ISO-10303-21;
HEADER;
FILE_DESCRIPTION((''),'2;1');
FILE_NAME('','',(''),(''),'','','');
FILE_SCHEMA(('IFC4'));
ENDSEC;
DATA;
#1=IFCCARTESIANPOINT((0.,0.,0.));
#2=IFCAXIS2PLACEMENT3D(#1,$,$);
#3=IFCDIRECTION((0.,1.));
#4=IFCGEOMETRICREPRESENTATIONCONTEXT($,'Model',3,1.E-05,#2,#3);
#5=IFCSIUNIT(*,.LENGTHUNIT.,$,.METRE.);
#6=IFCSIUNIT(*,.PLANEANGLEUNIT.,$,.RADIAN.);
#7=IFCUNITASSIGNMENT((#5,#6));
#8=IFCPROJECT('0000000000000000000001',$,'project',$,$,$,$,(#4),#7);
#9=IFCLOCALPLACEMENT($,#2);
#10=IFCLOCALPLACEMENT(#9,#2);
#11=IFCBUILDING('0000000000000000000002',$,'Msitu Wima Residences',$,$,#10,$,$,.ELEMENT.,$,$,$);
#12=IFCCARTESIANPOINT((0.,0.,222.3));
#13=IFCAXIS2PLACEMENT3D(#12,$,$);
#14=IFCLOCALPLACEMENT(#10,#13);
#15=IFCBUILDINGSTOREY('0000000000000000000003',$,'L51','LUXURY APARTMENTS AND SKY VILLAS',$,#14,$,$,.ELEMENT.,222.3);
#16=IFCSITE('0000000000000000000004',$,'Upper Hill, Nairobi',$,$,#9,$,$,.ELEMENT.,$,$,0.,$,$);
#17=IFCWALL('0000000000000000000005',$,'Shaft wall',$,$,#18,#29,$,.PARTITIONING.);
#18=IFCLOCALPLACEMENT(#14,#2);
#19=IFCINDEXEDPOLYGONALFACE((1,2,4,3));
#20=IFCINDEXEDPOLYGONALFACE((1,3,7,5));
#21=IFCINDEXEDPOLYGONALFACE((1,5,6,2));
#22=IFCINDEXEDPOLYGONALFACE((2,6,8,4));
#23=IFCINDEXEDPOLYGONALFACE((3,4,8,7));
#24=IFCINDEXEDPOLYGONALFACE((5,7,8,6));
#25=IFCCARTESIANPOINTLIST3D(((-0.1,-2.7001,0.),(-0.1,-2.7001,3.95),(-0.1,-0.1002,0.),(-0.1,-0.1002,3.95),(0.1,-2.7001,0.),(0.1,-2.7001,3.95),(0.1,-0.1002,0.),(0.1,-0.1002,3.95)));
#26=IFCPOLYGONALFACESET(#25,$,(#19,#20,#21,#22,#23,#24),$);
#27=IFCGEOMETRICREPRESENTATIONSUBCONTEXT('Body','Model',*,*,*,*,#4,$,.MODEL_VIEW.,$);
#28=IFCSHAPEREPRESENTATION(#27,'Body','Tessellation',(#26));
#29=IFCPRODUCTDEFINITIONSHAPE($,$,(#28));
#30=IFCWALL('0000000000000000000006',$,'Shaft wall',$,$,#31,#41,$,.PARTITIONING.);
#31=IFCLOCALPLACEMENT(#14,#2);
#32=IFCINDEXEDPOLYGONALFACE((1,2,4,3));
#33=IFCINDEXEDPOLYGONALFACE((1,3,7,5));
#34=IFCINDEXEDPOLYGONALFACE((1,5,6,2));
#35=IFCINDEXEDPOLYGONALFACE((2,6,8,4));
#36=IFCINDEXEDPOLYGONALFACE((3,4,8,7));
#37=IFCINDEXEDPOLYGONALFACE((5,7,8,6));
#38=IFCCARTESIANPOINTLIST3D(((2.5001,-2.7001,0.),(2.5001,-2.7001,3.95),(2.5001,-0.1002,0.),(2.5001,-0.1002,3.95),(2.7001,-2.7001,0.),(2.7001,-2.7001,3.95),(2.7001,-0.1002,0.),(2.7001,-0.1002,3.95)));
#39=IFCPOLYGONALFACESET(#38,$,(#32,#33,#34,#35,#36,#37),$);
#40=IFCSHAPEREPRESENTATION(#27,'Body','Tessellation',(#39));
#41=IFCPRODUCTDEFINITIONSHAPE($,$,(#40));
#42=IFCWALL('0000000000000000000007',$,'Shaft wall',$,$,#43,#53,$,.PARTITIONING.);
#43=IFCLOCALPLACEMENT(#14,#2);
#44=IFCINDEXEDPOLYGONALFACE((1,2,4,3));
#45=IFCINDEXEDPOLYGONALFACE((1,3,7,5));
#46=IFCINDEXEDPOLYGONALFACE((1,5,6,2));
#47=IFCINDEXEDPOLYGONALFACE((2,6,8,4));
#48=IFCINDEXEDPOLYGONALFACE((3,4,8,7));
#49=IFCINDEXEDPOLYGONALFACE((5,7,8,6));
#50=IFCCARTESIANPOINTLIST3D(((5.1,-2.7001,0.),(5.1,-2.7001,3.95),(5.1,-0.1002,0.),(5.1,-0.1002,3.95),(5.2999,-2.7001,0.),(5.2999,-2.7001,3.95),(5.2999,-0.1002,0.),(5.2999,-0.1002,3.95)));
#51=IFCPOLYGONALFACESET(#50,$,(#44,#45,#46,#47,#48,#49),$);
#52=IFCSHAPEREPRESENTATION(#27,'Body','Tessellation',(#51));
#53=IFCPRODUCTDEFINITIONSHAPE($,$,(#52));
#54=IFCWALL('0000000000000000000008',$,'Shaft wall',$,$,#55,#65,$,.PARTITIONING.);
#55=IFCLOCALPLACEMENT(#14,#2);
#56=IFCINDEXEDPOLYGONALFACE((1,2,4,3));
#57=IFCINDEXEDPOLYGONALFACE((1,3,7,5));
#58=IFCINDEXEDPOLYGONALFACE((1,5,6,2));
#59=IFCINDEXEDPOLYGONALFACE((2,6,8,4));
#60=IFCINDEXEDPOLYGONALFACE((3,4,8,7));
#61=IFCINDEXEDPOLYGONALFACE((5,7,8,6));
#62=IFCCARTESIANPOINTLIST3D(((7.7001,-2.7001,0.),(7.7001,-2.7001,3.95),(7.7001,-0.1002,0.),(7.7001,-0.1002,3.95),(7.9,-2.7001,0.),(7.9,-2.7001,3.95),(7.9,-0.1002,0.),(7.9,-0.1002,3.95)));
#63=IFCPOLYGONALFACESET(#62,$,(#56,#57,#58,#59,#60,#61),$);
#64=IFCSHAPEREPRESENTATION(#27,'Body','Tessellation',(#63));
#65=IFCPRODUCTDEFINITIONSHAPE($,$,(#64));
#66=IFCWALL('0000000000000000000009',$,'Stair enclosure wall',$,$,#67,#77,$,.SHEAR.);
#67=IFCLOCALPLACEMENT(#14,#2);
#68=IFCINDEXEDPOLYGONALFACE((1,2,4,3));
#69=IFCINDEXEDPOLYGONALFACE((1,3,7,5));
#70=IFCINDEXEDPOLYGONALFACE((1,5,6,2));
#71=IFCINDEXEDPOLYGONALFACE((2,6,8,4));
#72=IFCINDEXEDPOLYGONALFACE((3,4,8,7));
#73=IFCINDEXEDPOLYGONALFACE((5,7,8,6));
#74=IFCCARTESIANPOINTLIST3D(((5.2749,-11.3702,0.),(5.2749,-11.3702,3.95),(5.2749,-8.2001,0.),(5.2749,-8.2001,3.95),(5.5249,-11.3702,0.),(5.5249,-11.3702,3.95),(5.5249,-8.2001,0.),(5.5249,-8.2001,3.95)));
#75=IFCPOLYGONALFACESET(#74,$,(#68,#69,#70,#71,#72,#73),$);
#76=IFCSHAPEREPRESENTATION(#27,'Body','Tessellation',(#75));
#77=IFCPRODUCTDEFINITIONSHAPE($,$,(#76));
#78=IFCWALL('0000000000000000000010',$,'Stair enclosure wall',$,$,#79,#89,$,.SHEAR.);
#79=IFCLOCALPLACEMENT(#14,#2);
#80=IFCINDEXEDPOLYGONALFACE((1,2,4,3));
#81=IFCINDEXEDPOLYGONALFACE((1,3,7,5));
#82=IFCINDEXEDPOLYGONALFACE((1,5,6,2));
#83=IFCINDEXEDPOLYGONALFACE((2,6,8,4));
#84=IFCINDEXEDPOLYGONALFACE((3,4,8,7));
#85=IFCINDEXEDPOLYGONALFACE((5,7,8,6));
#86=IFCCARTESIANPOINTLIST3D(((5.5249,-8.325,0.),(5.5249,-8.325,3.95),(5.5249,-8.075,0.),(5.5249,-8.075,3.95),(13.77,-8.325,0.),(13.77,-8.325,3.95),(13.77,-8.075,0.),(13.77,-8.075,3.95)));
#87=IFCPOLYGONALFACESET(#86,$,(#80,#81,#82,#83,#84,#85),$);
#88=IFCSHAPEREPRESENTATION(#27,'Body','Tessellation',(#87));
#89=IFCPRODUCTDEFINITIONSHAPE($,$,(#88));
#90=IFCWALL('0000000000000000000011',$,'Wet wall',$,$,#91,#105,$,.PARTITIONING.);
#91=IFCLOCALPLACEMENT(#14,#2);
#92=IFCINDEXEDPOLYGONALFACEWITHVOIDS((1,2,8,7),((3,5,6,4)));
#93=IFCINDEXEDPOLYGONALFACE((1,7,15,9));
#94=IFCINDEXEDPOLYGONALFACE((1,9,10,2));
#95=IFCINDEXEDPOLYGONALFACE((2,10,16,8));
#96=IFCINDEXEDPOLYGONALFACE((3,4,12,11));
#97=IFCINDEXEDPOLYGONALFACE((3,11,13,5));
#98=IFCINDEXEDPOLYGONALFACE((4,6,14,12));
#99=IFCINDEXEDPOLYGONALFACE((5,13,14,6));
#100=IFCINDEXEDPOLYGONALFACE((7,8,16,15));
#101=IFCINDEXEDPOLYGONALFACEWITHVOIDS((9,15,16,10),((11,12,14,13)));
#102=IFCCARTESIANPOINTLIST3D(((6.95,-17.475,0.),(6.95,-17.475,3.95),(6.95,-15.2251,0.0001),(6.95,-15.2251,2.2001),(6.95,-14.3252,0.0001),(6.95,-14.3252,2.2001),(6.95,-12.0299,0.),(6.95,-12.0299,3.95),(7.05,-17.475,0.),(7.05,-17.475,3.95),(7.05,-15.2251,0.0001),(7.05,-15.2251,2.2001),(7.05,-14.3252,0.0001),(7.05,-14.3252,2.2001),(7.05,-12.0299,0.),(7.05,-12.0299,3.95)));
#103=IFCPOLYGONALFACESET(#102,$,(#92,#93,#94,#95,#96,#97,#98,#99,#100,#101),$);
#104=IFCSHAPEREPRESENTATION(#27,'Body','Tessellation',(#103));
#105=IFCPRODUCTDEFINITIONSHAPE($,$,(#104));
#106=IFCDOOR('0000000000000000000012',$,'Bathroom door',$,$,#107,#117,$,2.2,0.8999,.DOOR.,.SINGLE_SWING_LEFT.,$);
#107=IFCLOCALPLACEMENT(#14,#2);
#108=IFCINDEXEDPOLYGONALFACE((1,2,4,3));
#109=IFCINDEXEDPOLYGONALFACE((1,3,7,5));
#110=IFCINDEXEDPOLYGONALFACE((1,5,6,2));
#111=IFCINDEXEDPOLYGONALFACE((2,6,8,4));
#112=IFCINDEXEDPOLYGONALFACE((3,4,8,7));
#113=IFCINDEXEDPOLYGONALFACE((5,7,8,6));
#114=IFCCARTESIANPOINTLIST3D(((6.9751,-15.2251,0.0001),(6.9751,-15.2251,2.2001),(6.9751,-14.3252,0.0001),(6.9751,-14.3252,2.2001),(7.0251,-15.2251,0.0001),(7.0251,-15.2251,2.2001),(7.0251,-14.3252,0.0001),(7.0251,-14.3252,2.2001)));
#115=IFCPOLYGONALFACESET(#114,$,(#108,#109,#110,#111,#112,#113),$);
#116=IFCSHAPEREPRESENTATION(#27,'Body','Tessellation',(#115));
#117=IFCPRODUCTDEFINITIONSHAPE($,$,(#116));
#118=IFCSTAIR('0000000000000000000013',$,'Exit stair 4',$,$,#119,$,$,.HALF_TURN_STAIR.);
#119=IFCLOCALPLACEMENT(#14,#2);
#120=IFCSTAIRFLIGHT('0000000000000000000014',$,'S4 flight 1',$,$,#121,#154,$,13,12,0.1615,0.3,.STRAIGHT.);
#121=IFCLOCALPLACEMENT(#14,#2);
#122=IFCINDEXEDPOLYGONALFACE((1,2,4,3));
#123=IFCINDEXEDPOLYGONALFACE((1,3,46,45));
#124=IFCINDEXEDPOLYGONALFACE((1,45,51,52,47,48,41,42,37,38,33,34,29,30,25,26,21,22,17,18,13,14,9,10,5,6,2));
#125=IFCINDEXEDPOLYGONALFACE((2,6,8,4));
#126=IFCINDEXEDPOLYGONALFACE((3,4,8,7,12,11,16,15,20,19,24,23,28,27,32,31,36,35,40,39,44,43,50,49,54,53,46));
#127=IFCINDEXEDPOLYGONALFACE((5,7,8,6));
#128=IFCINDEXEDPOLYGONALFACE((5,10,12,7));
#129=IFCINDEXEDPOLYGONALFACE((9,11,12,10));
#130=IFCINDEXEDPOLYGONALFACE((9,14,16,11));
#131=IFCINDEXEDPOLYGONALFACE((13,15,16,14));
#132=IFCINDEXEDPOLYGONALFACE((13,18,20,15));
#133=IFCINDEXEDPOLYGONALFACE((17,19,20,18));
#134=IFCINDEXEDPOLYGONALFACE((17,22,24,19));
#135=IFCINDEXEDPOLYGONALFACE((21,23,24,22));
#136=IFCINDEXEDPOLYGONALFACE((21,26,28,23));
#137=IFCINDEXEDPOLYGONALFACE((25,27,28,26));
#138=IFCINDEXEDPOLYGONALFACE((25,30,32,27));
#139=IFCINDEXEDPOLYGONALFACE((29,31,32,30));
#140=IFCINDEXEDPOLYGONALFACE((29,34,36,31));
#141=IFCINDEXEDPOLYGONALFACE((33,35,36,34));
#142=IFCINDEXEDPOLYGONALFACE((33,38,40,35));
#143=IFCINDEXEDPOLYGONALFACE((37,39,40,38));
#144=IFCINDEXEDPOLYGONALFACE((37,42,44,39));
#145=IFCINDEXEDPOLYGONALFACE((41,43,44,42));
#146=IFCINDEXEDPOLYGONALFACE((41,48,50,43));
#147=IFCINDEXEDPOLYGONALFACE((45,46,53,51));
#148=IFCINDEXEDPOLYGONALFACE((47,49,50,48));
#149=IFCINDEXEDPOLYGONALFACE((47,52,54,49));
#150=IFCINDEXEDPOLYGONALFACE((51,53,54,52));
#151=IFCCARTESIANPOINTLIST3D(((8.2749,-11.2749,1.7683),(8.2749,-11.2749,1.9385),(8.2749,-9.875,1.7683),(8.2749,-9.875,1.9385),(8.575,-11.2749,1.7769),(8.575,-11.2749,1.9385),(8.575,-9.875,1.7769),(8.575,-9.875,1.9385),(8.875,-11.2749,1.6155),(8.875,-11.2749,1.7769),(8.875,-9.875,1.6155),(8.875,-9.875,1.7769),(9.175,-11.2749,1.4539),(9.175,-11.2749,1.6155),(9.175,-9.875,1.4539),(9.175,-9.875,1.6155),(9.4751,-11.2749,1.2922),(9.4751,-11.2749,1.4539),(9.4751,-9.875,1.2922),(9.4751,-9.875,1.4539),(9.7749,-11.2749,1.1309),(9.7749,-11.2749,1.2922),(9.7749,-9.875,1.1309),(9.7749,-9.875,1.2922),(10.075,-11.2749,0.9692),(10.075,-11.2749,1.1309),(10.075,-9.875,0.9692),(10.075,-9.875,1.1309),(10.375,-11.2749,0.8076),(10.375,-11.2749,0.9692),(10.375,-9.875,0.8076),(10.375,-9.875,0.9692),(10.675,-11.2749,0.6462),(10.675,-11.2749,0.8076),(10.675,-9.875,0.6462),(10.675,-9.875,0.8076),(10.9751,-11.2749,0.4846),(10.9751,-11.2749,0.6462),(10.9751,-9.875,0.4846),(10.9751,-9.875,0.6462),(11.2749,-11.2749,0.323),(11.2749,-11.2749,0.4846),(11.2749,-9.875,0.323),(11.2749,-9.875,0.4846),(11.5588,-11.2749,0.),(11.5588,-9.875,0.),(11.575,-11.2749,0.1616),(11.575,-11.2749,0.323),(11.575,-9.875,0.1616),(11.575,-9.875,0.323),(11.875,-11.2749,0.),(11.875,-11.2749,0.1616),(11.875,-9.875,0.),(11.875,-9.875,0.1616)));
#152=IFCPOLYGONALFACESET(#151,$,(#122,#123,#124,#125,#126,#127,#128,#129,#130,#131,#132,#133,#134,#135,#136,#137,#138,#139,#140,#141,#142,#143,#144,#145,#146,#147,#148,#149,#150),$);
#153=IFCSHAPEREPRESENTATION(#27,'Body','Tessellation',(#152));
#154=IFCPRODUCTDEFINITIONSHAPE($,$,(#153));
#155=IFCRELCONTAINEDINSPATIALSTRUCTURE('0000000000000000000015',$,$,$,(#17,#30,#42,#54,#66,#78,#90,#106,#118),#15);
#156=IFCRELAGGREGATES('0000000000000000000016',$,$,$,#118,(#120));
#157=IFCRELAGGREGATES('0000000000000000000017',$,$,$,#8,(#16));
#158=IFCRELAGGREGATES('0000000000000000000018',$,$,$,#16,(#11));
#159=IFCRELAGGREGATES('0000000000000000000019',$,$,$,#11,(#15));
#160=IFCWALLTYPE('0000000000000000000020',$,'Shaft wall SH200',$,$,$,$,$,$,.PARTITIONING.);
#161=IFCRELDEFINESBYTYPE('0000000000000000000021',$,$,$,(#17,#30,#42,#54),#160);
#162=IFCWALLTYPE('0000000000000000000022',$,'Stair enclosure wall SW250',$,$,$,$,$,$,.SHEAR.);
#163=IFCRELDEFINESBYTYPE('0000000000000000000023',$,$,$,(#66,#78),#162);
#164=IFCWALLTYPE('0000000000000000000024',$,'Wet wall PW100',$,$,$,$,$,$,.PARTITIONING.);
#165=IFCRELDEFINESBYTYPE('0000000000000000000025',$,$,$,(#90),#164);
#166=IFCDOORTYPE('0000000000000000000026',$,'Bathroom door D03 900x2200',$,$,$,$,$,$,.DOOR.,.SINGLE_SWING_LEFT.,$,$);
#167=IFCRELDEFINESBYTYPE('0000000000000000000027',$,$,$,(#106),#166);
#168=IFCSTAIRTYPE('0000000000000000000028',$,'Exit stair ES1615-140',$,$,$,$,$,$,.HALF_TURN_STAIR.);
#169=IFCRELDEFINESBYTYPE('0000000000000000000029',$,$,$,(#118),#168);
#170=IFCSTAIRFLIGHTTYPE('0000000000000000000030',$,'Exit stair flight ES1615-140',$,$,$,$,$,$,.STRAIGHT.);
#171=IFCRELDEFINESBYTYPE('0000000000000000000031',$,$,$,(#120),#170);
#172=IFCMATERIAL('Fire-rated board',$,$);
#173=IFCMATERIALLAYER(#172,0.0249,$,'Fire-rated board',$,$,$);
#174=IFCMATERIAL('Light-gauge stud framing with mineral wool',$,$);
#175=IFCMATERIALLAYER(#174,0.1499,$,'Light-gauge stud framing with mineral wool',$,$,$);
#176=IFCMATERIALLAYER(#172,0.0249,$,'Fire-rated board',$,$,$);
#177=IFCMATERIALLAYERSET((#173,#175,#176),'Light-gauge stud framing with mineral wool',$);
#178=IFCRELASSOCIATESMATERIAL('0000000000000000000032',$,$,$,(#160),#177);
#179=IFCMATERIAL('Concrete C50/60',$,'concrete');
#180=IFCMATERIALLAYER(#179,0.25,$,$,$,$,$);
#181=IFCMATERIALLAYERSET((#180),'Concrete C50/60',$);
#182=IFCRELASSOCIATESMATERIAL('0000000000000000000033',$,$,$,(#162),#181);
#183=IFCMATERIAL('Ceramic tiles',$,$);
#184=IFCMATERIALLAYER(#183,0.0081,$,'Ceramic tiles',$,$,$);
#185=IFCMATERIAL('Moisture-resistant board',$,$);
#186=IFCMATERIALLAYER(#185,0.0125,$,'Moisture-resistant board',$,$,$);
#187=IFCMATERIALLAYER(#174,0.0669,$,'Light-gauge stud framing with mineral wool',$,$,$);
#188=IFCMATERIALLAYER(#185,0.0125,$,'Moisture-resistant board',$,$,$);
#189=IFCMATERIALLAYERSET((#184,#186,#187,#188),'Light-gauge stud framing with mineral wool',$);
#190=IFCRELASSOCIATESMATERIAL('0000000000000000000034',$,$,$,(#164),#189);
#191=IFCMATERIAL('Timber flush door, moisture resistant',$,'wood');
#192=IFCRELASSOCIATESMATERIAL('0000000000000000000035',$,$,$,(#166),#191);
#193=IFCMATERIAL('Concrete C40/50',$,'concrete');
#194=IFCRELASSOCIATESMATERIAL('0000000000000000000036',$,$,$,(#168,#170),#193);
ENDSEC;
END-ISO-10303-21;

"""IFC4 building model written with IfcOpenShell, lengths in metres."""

from ifc_helpers import new_model, si_unit, direction, frame, frame_2d, origin, place, context, subcontext, project, spatial, polyline, rectangle, outline, extrude, material, layer, layer_set, type_object, element, fill, aggregate, save


model = new_model("IFC4")

# Units and contexts
model_context = context("Model", 3, precision=1e-05, world=origin(), true_north=direction((0.0, 1.0)))
body_context = subcontext(model_context, "Body", "Model", "MODEL_VIEW")
ifc_project = project(units=[si_unit("LENGTHUNIT", "METRE"), si_unit("PLANEANGLEUNIT", "RADIAN")], contexts=[model_context])

# Site, building, storey
site_placement = place(None, origin())
site = spatial("IfcSite", under=ifc_project, at=site_placement, Name="Upper Hill, Nairobi", CompositionType="ELEMENT", RefElevation=0.0)
building_placement = place(site_placement, origin())
building = spatial("IfcBuilding", under=site, at=building_placement, Name="Msitu Wima Residences", CompositionType="ELEMENT")
storey_placement = place(building_placement, frame((0.0, 0.0, 222.3)))
storey = spatial("IfcBuildingStorey", under=building, at=storey_placement, Name="L51", Description="LUXURY APARTMENTS AND SKY VILLAS", CompositionType="ELEMENT", Elevation=222.3)

# Shared definitions
ifc_material_1 = material(Name="Concrete C40/50", Category="concrete")

# Walls
ifc_material_2 = material(Name="Fire-rated board")
ifc_layer_1 = layer(ifc_material_2, 0.0249, Name="Fire-rated board")
ifc_material_3 = material(Name="Light-gauge stud framing with mineral wool")
ifc_layer_2 = layer(ifc_material_3, 0.1499, Name="Light-gauge stud framing with mineral wool")
ifc_layer_3 = layer(ifc_material_2, 0.0249, Name="Fire-rated board")
ifc_layer_set_1 = layer_set([ifc_layer_1, ifc_layer_2, ifc_layer_3], Name="Light-gauge stud framing with mineral wool")
wall_type_1 = type_object("IfcWallType", Name="Shaft wall SH200", PredefinedType="PARTITIONING", material=ifc_layer_set_1)
for number, where, z_axis, x_axis, name in (
    (1, (0.0, -2.7, 0.0), (0.0, 0.0, 1.0), (0.0, 1.0, 0.0), "Shaft wall"),
    (2, (2.6001, -2.7, 0.0), (0.0, 0.0, 1.0), (0.0, 1.0, 0.0), "Shaft wall"),
    (3, (5.2, -2.7, 0.0), (0.0, 0.0, 1.0), (0.0, 1.0, 0.0), "Shaft wall"),
    (4, (7.8, -2.7, 0.0), (0.0, 0.0, 1.0), (0.0, 1.0, 0.0), "Shaft wall"),
):
    element("IfcWall", number, at=place(storey_placement, frame(where, z_axis=z_axis, x_axis=x_axis)), inside=storey, type_object=wall_type_1, Name=name, PredefinedType="PARTITIONING", context=body_context, shape_type="SweptSolid", body=[
        extrude(rectangle(XDim=2.5999, YDim=0.2, at=frame_2d((1.2998, 0.0))), origin(), (0.0, 0.0, 1.0), 3.95),
    ])
ifc_material_4 = material(Name="Concrete C50/60", Category="concrete")
ifc_layer_4 = layer(ifc_material_4, 0.25)
ifc_layer_set_2 = layer_set([ifc_layer_4], Name="Concrete C50/60")
wall_type_2 = type_object("IfcWallType", Name="Stair enclosure wall SW250", PredefinedType="SHEAR", material=ifc_layer_set_2)
wall_1_placement = place(storey_placement, frame((5.3999, -11.3701, 0.0), z_axis=(0.0, 0.0, 1.0), x_axis=(0.0, 1.0, 0.0)))
element("IfcWall", 5, at=wall_1_placement, inside=storey, type_object=wall_type_2, Name="Stair enclosure wall", PredefinedType="SHEAR", context=body_context, shape_type="SweptSolid", body=[
    extrude(rectangle(XDim=3.1702, YDim=0.25, at=frame_2d((1.585, 0.0))), origin(), (0.0, 0.0, 1.0), 3.95),
])
wall_2_placement = place(storey_placement, frame((5.5249, -8.2, 0.0), z_axis=(0.0, 0.0, 1.0), x_axis=(1.0, 0.0, 0.0)))
element("IfcWall", 6, at=wall_2_placement, inside=storey, type_object=wall_type_2, Name="Stair enclosure wall", PredefinedType="SHEAR", context=body_context, shape_type="SweptSolid", body=[
    extrude(rectangle(XDim=8.2451, YDim=0.25, at=frame_2d((4.1226, 0.0))), origin(), (0.0, 0.0, 1.0), 3.95),
])

# Wall, opening, door
ifc_material_5 = material(Name="Ceramic tiles")
ifc_layer_5 = layer(ifc_material_5, 0.0081, Name="Ceramic tiles")
ifc_material_6 = material(Name="Moisture-resistant board")
ifc_layer_6 = layer(ifc_material_6, 0.0125, Name="Moisture-resistant board")
ifc_layer_7 = layer(ifc_material_3, 0.0669, Name="Light-gauge stud framing with mineral wool")
ifc_layer_8 = layer(ifc_material_6, 0.0125, Name="Moisture-resistant board")
ifc_layer_set_3 = layer_set([ifc_layer_5, ifc_layer_6, ifc_layer_7, ifc_layer_8], Name="Light-gauge stud framing with mineral wool")
wall_type_3 = type_object("IfcWallType", Name="Wet wall PW100", PredefinedType="PARTITIONING", material=ifc_layer_set_3)
wall_3_placement = place(storey_placement, frame((7.0, -17.4751, 0.0), z_axis=(0.0, 0.0, 1.0), x_axis=(0.0, 1.0, 0.0)))
wall_3 = element("IfcWall", 7, at=wall_3_placement, inside=storey, type_object=wall_type_3, Name="Wet wall", PredefinedType="PARTITIONING", context=body_context, shape_type="SweptSolid", body=[
    extrude(rectangle(XDim=5.4451, YDim=0.1001, at=frame_2d((2.7227, 0.0))), origin(), (0.0, 0.0, 1.0), 3.95),
])
opening_1_placement = place(wall_3_placement, frame((2.25, 0.0, 0.0)))
opening_1 = element("IfcOpeningElement", 8, at=opening_1_placement, cuts=wall_3, PredefinedType="OPENING", context=body_context, shape_type="SweptSolid", body=[
    extrude(rectangle(XDim=0.8999, YDim=2.2, at=frame_2d((0.45, 1.1001))), frame((0.0, 0.0601, 0.0), z_axis=(0.0, -1.0, 0.0), x_axis=(1.0, 0.0, 0.0)), (0.0, 0.0, 1.0), 0.1201),
])
ifc_material_7 = material(Name="Timber flush door, moisture resistant", Category="wood")
door_type_1 = type_object("IfcDoorType", Name="Bathroom door D03 900x2200", OperationType="SINGLE_SWING_LEFT", PredefinedType="DOOR", material=ifc_material_7)
door_1_placement = place(opening_1_placement, origin())
door_1 = element("IfcDoor", 9, at=door_1_placement, inside=storey, type_object=door_type_1, Name="Bathroom door", OperationType="SINGLE_SWING_LEFT", OverallHeight=2.2, OverallWidth=0.8999, PredefinedType="DOOR", context=body_context, shape_type="SweptSolid", body=[
    extrude(rectangle(XDim=0.8999, YDim=2.2, at=frame_2d((0.45, 1.1001))), frame((0.0, 0.0249, 0.0), z_axis=(0.0, -1.0, 0.0), x_axis=(1.0, 0.0, 0.0)), (0.0, 0.0, 1.0), 0.05),
])
fill(opening_1, door_1)

# Stair, stair flight
stair_type = type_object("IfcStairType", Name="Exit stair ES1615-140", PredefinedType="HALF_TURN_STAIR", material=ifc_material_1)
stair_placement = place(storey_placement, origin())
stair = element("IfcStair", 10, at=stair_placement, inside=storey, type_object=stair_type, Name="Exit stair 4", PredefinedType="HALF_TURN_STAIR")
stair_flight_type = type_object("IfcStairFlightType", Name="Exit stair flight ES1615-140", PredefinedType="STRAIGHT", material=ifc_material_1)
stair_flight_1_placement = place(storey_placement, frame((11.875, -10.575, 0.0), z_axis=(0.0, 0.0, 1.0), x_axis=(-1.0, 0.0, 0.0)))
stair_flight_1 = element("IfcStairFlight", 11, at=stair_flight_1_placement, type_object=stair_flight_type, Name="S4 flight 1", NumberOfRisers=13, NumberOfTreads=12, PredefinedType="STRAIGHT", RiserHeight=0.1615, TreadLength=0.3, context=body_context, shape_type="SweptSolid", body=[
    extrude(outline(polyline([(0.0, 0.0), (0.0, 0.1616), (0.3, 0.1616), (0.3, 0.323), (0.6001, 0.323), (0.6001, 0.4846), (0.8999, 0.4846), (0.8999, 0.6462), (1.2, 0.6462), (1.2, 0.8076), (1.5, 0.8076), (1.5, 0.9692), (1.8, 0.9692), (1.8, 1.1309), (2.1001, 1.1309), (2.1001, 1.2922), (2.3999, 1.2922), (2.3999, 1.4539), (2.7, 1.4539), (2.7, 1.6155), (3.0, 1.6155), (3.0, 1.7769), (3.3, 1.7769), (3.3, 1.9385), (3.6001, 1.9385), (3.6001, 2.1001), (3.6001, 1.7683), (0.3162, 0.0), (0.0, 0.0)])), frame((0.0, 0.7, 0.0), z_axis=(0.0, -1.0, 0.0), x_axis=(1.0, 0.0, 0.0)), (0.0, 0.0, 1.0), 1.3999),
])
aggregate(stair, [stair_flight_1])

save(model, "model.ifc")
